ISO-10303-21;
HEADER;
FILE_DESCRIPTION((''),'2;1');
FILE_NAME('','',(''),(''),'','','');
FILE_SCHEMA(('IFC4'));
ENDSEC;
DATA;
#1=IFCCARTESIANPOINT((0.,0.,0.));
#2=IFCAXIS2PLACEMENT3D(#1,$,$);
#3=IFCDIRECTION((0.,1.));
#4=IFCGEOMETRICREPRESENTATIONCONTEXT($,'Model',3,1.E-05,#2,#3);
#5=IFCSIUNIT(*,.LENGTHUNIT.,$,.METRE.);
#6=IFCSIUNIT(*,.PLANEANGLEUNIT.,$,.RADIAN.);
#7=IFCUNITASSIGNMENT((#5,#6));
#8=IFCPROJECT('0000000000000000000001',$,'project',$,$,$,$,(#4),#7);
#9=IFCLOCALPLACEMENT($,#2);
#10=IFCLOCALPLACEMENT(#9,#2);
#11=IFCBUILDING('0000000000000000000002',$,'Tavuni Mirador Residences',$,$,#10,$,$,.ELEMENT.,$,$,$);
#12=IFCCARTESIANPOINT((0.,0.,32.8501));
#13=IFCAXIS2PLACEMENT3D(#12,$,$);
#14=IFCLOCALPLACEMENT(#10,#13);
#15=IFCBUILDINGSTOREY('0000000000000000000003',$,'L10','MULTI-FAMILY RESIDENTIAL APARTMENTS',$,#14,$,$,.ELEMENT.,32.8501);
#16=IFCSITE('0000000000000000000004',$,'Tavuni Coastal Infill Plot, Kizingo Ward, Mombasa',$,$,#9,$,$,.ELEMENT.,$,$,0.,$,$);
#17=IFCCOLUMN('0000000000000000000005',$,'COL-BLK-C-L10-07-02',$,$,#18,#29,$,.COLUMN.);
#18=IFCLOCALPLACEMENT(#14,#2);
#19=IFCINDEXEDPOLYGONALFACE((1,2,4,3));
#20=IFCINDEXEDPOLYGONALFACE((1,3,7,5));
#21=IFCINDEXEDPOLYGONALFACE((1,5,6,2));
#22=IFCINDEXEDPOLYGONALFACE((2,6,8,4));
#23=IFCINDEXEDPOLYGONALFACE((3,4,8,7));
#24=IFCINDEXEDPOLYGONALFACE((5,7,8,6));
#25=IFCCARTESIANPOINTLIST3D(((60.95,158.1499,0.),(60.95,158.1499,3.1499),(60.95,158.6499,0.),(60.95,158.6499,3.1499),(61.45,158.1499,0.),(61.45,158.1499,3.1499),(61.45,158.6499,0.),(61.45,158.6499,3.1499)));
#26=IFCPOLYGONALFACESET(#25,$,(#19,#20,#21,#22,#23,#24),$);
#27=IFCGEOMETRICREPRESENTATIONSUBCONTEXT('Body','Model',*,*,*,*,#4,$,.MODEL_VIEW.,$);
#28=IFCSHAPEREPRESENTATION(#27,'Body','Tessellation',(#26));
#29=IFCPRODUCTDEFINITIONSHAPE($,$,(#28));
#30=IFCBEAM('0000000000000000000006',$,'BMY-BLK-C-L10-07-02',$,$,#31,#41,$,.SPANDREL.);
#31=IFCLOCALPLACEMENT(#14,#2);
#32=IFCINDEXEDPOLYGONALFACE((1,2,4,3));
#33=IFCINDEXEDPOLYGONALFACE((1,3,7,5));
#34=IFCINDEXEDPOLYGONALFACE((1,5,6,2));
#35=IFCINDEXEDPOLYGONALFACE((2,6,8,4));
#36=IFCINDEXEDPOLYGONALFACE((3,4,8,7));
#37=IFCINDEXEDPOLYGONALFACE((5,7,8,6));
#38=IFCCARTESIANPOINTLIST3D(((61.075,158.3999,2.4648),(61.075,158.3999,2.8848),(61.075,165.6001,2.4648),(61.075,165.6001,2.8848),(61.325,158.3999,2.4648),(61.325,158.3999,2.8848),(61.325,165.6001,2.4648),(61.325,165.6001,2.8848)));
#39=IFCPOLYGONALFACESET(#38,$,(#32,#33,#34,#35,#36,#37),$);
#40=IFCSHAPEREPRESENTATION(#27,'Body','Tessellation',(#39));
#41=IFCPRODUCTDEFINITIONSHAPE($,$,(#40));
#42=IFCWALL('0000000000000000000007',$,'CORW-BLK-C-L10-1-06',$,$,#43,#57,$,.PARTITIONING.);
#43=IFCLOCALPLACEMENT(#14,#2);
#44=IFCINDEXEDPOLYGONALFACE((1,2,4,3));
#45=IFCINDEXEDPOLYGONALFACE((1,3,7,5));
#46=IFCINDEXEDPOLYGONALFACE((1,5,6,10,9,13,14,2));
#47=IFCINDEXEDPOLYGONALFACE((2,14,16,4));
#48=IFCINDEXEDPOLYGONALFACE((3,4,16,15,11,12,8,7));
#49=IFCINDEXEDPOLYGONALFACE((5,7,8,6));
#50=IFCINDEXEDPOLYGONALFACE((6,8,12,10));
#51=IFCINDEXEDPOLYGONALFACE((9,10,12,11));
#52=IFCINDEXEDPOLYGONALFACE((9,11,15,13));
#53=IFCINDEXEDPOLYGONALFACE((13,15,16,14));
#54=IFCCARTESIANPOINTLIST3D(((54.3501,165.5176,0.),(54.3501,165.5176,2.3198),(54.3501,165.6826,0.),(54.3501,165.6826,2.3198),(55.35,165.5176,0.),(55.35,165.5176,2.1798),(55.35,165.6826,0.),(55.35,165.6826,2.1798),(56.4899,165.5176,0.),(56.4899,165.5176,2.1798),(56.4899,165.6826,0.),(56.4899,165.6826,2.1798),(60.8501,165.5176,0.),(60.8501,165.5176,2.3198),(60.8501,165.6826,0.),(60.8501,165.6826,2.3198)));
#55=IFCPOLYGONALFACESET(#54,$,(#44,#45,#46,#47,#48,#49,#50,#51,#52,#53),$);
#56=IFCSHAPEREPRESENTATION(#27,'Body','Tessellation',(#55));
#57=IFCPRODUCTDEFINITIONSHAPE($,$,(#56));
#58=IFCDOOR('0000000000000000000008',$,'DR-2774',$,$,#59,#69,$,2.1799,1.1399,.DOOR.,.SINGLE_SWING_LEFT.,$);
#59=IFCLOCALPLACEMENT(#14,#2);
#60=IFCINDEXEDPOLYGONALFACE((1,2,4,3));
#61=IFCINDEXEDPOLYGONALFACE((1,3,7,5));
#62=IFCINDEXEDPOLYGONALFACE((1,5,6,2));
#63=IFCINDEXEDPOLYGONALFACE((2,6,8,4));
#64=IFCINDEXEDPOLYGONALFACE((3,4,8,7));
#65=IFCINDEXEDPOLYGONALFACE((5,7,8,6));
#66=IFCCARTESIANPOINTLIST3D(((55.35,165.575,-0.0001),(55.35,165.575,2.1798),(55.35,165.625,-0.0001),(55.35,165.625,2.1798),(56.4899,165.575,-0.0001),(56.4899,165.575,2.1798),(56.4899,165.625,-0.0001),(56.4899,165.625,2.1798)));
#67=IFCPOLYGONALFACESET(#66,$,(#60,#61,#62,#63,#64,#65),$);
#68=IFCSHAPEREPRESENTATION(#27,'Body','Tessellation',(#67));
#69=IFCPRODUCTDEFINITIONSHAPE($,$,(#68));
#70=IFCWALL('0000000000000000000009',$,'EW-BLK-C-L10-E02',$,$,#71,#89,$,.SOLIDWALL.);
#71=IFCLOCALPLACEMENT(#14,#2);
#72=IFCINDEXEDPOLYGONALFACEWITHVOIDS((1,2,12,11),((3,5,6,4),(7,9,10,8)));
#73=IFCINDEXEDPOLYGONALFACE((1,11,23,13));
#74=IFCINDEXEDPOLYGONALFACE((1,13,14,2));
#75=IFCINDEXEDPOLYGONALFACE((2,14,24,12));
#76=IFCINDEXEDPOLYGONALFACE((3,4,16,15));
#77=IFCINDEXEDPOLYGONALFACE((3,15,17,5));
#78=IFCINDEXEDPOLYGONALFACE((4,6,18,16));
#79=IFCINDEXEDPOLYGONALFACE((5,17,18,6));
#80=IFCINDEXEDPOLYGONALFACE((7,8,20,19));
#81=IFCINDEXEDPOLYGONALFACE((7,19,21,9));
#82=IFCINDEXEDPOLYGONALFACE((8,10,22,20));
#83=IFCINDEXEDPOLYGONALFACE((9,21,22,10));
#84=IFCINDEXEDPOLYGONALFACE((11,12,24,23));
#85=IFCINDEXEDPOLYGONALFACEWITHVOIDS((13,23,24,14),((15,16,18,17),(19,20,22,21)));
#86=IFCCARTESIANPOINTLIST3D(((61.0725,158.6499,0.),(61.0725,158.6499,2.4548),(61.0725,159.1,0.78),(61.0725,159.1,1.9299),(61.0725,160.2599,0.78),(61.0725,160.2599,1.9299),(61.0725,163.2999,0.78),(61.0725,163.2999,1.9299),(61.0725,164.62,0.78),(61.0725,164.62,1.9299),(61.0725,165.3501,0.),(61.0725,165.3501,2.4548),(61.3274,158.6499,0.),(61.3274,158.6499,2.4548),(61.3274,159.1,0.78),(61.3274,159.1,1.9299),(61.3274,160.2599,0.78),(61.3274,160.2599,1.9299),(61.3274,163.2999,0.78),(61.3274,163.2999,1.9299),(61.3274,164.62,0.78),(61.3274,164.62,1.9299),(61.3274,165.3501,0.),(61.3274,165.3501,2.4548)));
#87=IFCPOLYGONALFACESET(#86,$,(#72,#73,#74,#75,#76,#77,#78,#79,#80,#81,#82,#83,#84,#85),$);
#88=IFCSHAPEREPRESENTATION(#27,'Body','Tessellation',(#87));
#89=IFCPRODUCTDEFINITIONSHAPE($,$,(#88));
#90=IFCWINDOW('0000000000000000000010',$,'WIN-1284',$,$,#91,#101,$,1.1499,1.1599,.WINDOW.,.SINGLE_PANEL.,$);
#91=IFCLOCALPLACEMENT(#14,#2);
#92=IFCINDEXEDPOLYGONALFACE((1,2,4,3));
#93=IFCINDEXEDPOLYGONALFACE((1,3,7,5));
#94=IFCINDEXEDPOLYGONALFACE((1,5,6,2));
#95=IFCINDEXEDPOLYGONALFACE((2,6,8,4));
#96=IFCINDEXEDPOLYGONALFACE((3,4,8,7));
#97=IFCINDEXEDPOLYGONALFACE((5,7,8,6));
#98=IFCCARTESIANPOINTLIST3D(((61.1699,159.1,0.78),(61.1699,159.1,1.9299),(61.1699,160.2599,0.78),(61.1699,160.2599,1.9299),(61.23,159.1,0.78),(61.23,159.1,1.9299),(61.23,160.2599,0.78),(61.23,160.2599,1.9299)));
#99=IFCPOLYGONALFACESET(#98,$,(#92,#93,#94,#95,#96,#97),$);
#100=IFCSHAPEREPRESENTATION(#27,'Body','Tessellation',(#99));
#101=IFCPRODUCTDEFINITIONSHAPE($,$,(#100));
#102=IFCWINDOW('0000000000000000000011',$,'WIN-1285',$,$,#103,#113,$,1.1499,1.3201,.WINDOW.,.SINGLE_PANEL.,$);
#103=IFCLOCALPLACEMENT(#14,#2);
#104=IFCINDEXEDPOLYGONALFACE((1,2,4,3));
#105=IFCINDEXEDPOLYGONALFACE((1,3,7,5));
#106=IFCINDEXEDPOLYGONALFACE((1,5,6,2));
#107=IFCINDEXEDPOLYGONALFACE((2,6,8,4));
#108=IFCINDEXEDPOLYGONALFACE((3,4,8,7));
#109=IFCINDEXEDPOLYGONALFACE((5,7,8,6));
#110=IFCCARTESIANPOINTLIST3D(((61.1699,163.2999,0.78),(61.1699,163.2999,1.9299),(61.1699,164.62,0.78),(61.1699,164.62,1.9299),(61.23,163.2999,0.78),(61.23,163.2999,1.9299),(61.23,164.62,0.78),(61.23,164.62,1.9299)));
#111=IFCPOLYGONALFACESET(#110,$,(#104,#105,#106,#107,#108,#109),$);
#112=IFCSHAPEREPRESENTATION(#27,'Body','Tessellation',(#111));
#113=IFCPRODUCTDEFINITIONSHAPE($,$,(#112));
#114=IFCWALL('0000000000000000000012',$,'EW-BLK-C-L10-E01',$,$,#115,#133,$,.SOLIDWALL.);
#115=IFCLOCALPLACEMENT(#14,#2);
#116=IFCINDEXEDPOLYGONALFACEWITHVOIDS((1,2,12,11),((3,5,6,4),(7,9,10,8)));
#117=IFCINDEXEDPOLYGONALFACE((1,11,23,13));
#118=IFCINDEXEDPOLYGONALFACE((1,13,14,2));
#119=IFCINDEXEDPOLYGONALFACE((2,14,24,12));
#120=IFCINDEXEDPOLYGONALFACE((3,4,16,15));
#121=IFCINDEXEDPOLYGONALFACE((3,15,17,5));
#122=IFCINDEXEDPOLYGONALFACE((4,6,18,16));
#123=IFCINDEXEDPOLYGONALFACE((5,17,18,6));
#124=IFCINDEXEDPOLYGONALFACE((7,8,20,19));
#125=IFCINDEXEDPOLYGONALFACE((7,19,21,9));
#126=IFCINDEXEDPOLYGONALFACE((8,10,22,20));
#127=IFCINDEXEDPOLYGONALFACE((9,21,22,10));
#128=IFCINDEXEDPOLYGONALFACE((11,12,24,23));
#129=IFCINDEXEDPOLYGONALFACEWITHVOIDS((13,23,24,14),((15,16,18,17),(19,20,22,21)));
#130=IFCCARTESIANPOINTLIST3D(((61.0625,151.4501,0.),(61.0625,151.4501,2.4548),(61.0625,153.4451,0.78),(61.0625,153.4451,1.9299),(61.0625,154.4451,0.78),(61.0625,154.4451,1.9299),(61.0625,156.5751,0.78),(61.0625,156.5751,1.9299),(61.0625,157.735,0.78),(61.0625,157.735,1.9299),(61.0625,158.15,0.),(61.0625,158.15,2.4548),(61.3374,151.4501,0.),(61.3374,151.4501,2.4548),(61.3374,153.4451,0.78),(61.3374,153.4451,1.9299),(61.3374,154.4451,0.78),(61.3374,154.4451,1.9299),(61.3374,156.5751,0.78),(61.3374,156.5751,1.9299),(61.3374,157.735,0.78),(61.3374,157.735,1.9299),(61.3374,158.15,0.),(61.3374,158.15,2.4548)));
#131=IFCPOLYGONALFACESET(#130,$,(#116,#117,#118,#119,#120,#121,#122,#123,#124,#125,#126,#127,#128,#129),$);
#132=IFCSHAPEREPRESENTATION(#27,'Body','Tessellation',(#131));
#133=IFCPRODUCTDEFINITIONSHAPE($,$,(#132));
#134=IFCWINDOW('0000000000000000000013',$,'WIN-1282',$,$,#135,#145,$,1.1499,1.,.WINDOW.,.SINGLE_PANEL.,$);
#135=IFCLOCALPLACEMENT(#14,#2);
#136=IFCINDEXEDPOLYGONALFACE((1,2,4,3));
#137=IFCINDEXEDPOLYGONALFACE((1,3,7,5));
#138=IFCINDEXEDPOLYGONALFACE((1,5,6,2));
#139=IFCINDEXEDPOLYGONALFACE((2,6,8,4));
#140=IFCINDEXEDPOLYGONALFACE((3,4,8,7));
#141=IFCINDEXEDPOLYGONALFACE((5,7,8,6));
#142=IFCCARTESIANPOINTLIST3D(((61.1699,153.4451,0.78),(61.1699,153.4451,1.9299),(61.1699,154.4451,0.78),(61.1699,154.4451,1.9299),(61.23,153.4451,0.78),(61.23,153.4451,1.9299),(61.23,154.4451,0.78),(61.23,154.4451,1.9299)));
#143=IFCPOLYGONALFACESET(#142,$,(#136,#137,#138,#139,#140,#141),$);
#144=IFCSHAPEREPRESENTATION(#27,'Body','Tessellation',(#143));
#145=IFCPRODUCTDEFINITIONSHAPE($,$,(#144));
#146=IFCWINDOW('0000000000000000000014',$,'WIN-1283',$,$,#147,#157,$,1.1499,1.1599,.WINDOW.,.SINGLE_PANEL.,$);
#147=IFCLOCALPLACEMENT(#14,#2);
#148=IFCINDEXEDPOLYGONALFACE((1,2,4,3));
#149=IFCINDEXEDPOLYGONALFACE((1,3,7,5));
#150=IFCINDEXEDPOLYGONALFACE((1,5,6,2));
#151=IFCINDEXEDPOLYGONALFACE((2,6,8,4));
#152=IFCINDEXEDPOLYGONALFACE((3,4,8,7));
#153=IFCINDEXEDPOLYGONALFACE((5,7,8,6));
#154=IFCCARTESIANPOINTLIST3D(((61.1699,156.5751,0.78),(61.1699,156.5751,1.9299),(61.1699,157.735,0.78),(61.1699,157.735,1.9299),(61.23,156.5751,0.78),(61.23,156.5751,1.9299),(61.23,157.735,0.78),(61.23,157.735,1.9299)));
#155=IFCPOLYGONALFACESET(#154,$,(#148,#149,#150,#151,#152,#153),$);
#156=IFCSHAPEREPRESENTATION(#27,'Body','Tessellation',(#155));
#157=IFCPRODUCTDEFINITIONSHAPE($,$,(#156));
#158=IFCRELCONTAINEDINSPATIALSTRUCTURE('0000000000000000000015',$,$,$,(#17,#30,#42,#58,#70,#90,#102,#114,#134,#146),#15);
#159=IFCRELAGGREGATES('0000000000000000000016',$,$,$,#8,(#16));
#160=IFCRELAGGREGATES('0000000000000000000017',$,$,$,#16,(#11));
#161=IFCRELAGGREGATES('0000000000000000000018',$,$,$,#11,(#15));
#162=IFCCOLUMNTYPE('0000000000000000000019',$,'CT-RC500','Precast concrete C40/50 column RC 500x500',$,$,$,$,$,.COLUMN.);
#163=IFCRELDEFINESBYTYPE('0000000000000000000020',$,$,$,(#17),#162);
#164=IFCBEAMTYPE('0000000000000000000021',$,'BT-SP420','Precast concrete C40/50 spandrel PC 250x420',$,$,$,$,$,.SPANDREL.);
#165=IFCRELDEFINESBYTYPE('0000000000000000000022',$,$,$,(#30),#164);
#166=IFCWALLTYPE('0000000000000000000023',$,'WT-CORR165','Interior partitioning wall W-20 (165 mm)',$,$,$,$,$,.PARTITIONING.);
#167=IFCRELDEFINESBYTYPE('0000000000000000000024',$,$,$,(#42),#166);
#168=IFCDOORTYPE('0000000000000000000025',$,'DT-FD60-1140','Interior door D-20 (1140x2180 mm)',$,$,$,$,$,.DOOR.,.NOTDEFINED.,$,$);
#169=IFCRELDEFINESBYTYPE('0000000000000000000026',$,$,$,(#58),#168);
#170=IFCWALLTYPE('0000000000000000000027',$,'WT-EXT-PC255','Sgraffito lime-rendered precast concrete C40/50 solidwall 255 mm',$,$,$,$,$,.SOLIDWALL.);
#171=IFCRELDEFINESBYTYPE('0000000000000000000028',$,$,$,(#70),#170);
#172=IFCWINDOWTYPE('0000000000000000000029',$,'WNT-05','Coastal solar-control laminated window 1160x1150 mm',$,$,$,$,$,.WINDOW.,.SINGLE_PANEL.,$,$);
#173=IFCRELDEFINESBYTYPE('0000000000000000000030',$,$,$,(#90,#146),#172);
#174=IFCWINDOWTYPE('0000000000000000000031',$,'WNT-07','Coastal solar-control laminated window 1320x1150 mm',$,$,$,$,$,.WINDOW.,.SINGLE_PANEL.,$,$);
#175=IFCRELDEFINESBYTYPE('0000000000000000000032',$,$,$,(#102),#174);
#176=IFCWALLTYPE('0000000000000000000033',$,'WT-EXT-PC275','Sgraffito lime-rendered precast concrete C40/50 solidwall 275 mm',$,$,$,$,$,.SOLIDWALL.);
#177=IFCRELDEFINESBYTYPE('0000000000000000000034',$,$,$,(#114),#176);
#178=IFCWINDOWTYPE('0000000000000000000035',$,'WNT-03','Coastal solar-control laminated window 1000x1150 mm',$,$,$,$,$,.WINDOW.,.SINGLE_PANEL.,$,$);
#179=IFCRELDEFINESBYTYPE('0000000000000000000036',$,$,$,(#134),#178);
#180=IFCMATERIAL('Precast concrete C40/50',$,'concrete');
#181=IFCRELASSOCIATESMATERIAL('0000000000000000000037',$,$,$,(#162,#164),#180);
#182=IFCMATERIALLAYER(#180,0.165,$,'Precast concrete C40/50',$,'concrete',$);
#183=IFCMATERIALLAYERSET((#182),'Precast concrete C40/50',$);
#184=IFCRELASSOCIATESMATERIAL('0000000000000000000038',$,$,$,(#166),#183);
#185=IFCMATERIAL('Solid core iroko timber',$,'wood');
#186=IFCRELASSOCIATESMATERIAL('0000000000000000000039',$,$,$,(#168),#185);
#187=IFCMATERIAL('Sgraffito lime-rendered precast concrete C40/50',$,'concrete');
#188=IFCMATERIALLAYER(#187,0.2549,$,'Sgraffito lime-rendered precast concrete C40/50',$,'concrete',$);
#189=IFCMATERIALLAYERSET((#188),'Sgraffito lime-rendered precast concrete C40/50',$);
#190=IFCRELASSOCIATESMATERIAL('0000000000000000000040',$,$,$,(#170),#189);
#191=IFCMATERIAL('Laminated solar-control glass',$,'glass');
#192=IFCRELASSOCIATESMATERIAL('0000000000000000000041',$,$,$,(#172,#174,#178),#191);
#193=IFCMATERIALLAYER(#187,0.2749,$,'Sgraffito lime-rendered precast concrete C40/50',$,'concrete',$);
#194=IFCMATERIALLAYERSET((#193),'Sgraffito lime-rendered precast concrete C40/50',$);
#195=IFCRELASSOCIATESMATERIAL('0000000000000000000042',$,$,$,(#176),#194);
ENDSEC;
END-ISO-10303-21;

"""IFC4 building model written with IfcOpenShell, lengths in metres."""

from ifc_helpers import new_model, si_unit, direction, frame, frame_2d, origin, origin_2d, place, context, subcontext, project, spatial, rectangle, extrude, material, layer, layer_set, material_profile, profile_set, type_object, element, fill, save


model = new_model("IFC4")

# Units and contexts
model_context = context("Model", 3, precision=1e-05, world=origin(), true_north=direction((0.0, 1.0)))
body_context = subcontext(model_context, "Body", "Model", "MODEL_VIEW")
ifc_project = project(units=[si_unit("LENGTHUNIT", "METRE"), si_unit("PLANEANGLEUNIT", "RADIAN")], contexts=[model_context])

# Site, building, storey
site_placement = place(None, origin())
site = spatial("IfcSite", under=ifc_project, at=site_placement, Name="Tavuni Coastal Infill Plot, Kizingo Ward, Mombasa", CompositionType="ELEMENT", RefElevation=0.0)
building_placement = place(site_placement, origin())
building = spatial("IfcBuilding", under=site, at=building_placement, Name="Tavuni Mirador Residences", CompositionType="ELEMENT")
storey_placement = place(building_placement, frame((0.0, 0.0, 32.8501)))
storey = spatial("IfcBuildingStorey", under=building, at=storey_placement, Name="L10", Description="MULTI-FAMILY RESIDENTIAL APARTMENTS", CompositionType="ELEMENT", Elevation=32.8501)

# Column
ifc_material_1 = material(Name="Precast concrete C40/50", Category="concrete")
ifc_material_profile_1 = material_profile(ifc_material_1, rectangle(XDim=0.5, YDim=0.5, at=origin_2d()), Name="RC 500x500", Category="concrete")
ifc_profile_set_1 = profile_set([ifc_material_profile_1], Name="Precast concrete C40/50")
column_type = type_object("IfcColumnType", Name="CT-RC500", Description="Precast concrete C40/50 column RC 500x500", PredefinedType="COLUMN", material=ifc_profile_set_1)
column_placement = place(storey_placement, frame((61.2, 158.3999, 0.0), z_axis=(0.0, 0.0, 1.0), x_axis=(1.0, 0.0, 0.0)))
element("IfcColumn", 1, at=column_placement, inside=storey, type_object=column_type, Name="COL-BLK-C-L10-07-02", PredefinedType="COLUMN", context=body_context, shape_type="SweptSolid", body=[
    extrude(rectangle(XDim=0.5, YDim=0.5, at=origin_2d()), origin(), (0.0, 0.0, 1.0), 3.1499),
])

# Beam
ifc_material_profile_2 = material_profile(ifc_material_1, rectangle(XDim=0.25, YDim=0.4199, at=origin_2d()), Name="PC 250x420", Category="concrete")
ifc_profile_set_2 = profile_set([ifc_material_profile_2], Name="Precast concrete C40/50")
beam_type = type_object("IfcBeamType", Name="BT-SP420", Description="Precast concrete C40/50 spandrel PC 250x420", PredefinedType="SPANDREL", material=ifc_profile_set_2)
beam_placement = place(storey_placement, frame((61.2, 158.3999, 2.6748), z_axis=(0.0, 1.0, 0.0), x_axis=(-1.0, 0.0, 0.0)))
element("IfcBeam", 2, at=beam_placement, inside=storey, type_object=beam_type, Name="BMY-BLK-C-L10-07-02", PredefinedType="SPANDREL", context=body_context, shape_type="SweptSolid", body=[
    extrude(rectangle(XDim=0.25, YDim=0.4199, at=origin_2d()), origin(), (0.0, 0.0, 1.0), 7.2002),
])

# Wall, opening, door
ifc_layer_1 = layer(ifc_material_1, 0.165, Name="Precast concrete C40/50", Category="concrete")
ifc_layer_set_1 = layer_set([ifc_layer_1], Name="Precast concrete C40/50")
wall_type_1 = type_object("IfcWallType", Name="WT-CORR165", Description="Interior partitioning wall W-20 (165 mm)", PredefinedType="PARTITIONING", material=ifc_layer_set_1)
wall_1_placement = place(storey_placement, frame((54.3501, 165.6001, 0.0), z_axis=(0.0, 0.0, 1.0), x_axis=(1.0, 0.0, 0.0)))
wall_1 = element("IfcWall", 3, at=wall_1_placement, inside=storey, type_object=wall_type_1, Name="CORW-BLK-C-L10-1-06", PredefinedType="PARTITIONING", context=body_context, shape_type="SweptSolid", body=[
    extrude(rectangle(XDim=6.5, YDim=0.165, at=frame_2d((3.25, 0.0))), origin(), (0.0, 0.0, 1.0), 2.3198),
])
opening_1_placement = place(wall_1_placement, frame((1.0, 0.0, 0.0)))
opening_1 = element("IfcOpeningElement", 4, at=opening_1_placement, cuts=wall_1, PredefinedType="OPENING", context=body_context, shape_type="SweptSolid", body=[
    extrude(rectangle(XDim=1.1399, YDim=2.1799, at=frame_2d((0.5698, 1.0898))), frame((0.0, 0.0925, 0.0), z_axis=(0.0, -1.0, 0.0), x_axis=(1.0, 0.0, 0.0)), (0.0, 0.0, 1.0), 0.1851),
])
ifc_material_2 = material(Name="Solid core iroko timber", Category="wood")
door_type_1 = type_object("IfcDoorType", Name="DT-FD60-1140", Description="Interior door D-20 (1140x2180 mm)", OperationType="NOTDEFINED", PredefinedType="DOOR", material=ifc_material_2)
door_1_placement = place(opening_1_placement, origin())
door_1 = element("IfcDoor", 5, at=door_1_placement, inside=storey, type_object=door_type_1, Name="DR-2774", OperationType="SINGLE_SWING_LEFT", OverallHeight=2.1799, OverallWidth=1.1399, PredefinedType="DOOR", context=body_context, shape_type="SweptSolid", body=[
    extrude(rectangle(XDim=1.1399, YDim=2.1799, at=frame_2d((0.5698, 1.0898))), frame((0.0, 0.0249, 0.0), z_axis=(0.0, -1.0, 0.0), x_axis=(1.0, 0.0, 0.0)), (0.0, 0.0, 1.0), 0.05),
])
fill(opening_1, door_1)

# Walls, openings, windows
ifc_material_3 = material(Name="Sgraffito lime-rendered precast concrete C40/50", Category="concrete")
ifc_layer_2 = layer(ifc_material_3, 0.2549, Name="Sgraffito lime-rendered precast concrete C40/50", Category="concrete")
ifc_layer_set_2 = layer_set([ifc_layer_2], Name="Sgraffito lime-rendered precast concrete C40/50")
wall_type_2 = type_object("IfcWallType", Name="WT-EXT-PC255", Description="Sgraffito lime-rendered precast concrete C40/50 solidwall 255 mm", PredefinedType="SOLIDWALL", material=ifc_layer_set_2)
wall_2_placement = place(storey_placement, frame((61.2, 158.6499, 0.0), z_axis=(0.0, 0.0, 1.0), x_axis=(0.0, 1.0, 0.0)))
wall_2 = element("IfcWall", 6, at=wall_2_placement, inside=storey, type_object=wall_type_2, Name="EW-BLK-C-L10-E02", PredefinedType="SOLIDWALL", context=body_context, shape_type="SweptSolid", body=[
    extrude(rectangle(XDim=6.7002, YDim=0.2549, at=frame_2d((3.3501, 0.0))), origin(), (0.0, 0.0, 1.0), 2.4548),
])
opening_2_placement = place(wall_2_placement, frame((0.45, 0.0, 0.78)))
opening_2 = element("IfcOpeningElement", 7, at=opening_2_placement, cuts=wall_2, PredefinedType="OPENING", context=body_context, shape_type="SweptSolid", body=[
    extrude(rectangle(XDim=1.1599, YDim=1.1499, at=frame_2d((0.5801, 0.575))), frame((0.0, 0.1375, 0.0), z_axis=(0.0, -1.0, 0.0), x_axis=(1.0, 0.0, 0.0)), (0.0, 0.0, 1.0), 0.2749),
])
opening_3_placement = place(wall_2_placement, frame((4.6499, 0.0, 0.78)))
opening_3 = element("IfcOpeningElement", 8, at=opening_3_placement, cuts=wall_2, PredefinedType="OPENING", context=body_context, shape_type="SweptSolid", body=[
    extrude(rectangle(XDim=1.3201, YDim=1.1499, at=frame_2d((0.6602, 0.575))), frame((0.0, 0.1375, 0.0), z_axis=(0.0, -1.0, 0.0), x_axis=(1.0, 0.0, 0.0)), (0.0, 0.0, 1.0), 0.2749),
])
ifc_material_4 = material(Name="Laminated solar-control glass", Category="glass")
window_type_1 = type_object("IfcWindowType", Name="WNT-05", Description="Coastal solar-control laminated window 1160x1150 mm", PartitioningType="SINGLE_PANEL", PredefinedType="WINDOW", material=ifc_material_4)
window_1_placement = place(opening_2_placement, origin())
window_1 = element("IfcWindow", 9, at=window_1_placement, inside=storey, type_object=window_type_1, Name="WIN-1284", OverallHeight=1.1499, OverallWidth=1.1599, PartitioningType="SINGLE_PANEL", PredefinedType="WINDOW", context=body_context, shape_type="SweptSolid", body=[
    extrude(rectangle(XDim=1.1599, YDim=1.1499, at=frame_2d((0.5801, 0.575))), frame((0.0, 0.03, 0.0), z_axis=(0.0, -1.0, 0.0), x_axis=(1.0, 0.0, 0.0)), (0.0, 0.0, 1.0), 0.0601),
])
fill(opening_2, window_1)
window_type_2 = type_object("IfcWindowType", Name="WNT-07", Description="Coastal solar-control laminated window 1320x1150 mm", PartitioningType="SINGLE_PANEL", PredefinedType="WINDOW", material=ifc_material_4)
window_2_placement = place(opening_3_placement, origin())
window_2 = element("IfcWindow", 10, at=window_2_placement, inside=storey, type_object=window_type_2, Name="WIN-1285", OverallHeight=1.1499, OverallWidth=1.3201, PartitioningType="SINGLE_PANEL", PredefinedType="WINDOW", context=body_context, shape_type="SweptSolid", body=[
    extrude(rectangle(XDim=1.3201, YDim=1.1499, at=frame_2d((0.6602, 0.575))), frame((0.0, 0.03, 0.0), z_axis=(0.0, -1.0, 0.0), x_axis=(1.0, 0.0, 0.0)), (0.0, 0.0, 1.0), 0.0601),
])
fill(opening_3, window_2)
ifc_layer_3 = layer(ifc_material_3, 0.2749, Name="Sgraffito lime-rendered precast concrete C40/50", Category="concrete")
ifc_layer_set_3 = layer_set([ifc_layer_3], Name="Sgraffito lime-rendered precast concrete C40/50")
wall_type_3 = type_object("IfcWallType", Name="WT-EXT-PC275", Description="Sgraffito lime-rendered precast concrete C40/50 solidwall 275 mm", PredefinedType="SOLIDWALL", material=ifc_layer_set_3)
wall_3_placement = place(storey_placement, frame((61.2, 151.45, 0.0), z_axis=(0.0, 0.0, 1.0), x_axis=(0.0, 1.0, 0.0)))
wall_3 = element("IfcWall", 11, at=wall_3_placement, inside=storey, type_object=wall_type_3, Name="EW-BLK-C-L10-E01", PredefinedType="SOLIDWALL", context=body_context, shape_type="SweptSolid", body=[
    extrude(rectangle(XDim=6.7, YDim=0.2749, at=frame_2d((3.3501, 0.0))), origin(), (0.0, 0.0, 1.0), 2.4548),
])
opening_4_placement = place(wall_3_placement, frame((1.9951, 0.0, 0.78)))
opening_4 = element("IfcOpeningElement", 12, at=opening_4_placement, cuts=wall_3, PredefinedType="OPENING", context=body_context, shape_type="SweptSolid", body=[
    extrude(rectangle(XDim=1.0, YDim=1.1499, at=frame_2d((0.5, 0.575))), frame((0.0, 0.1475, 0.0), z_axis=(0.0, -1.0, 0.0), x_axis=(1.0, 0.0, 0.0)), (0.0, 0.0, 1.0), 0.2949),
])
opening_5_placement = place(wall_3_placement, frame((5.125, 0.0, 0.78)))
opening_5 = element("IfcOpeningElement", 13, at=opening_5_placement, cuts=wall_3, PredefinedType="OPENING", context=body_context, shape_type="SweptSolid", body=[
    extrude(rectangle(XDim=1.1599, YDim=1.1499, at=frame_2d((0.5801, 0.575))), frame((0.0, 0.1475, 0.0), z_axis=(0.0, -1.0, 0.0), x_axis=(1.0, 0.0, 0.0)), (0.0, 0.0, 1.0), 0.2949),
])
window_type_3 = type_object("IfcWindowType", Name="WNT-03", Description="Coastal solar-control laminated window 1000x1150 mm", PartitioningType="SINGLE_PANEL", PredefinedType="WINDOW", material=ifc_material_4)
window_3_placement = place(opening_4_placement, origin())
window_3 = element("IfcWindow", 14, at=window_3_placement, inside=storey, type_object=window_type_3, Name="WIN-1282", OverallHeight=1.1499, OverallWidth=1.0, PartitioningType="SINGLE_PANEL", PredefinedType="WINDOW", context=body_context, shape_type="SweptSolid", body=[
    extrude(rectangle(XDim=1.0, YDim=1.1499, at=frame_2d((0.5, 0.575))), frame((0.0, 0.03, 0.0), z_axis=(0.0, -1.0, 0.0), x_axis=(1.0, 0.0, 0.0)), (0.0, 0.0, 1.0), 0.0601),
])
fill(opening_4, window_3)
window_4_placement = place(opening_5_placement, origin())
window_4 = element("IfcWindow", 15, at=window_4_placement, inside=storey, type_object=window_type_1, Name="WIN-1283", OverallHeight=1.1499, OverallWidth=1.1599, PartitioningType="SINGLE_PANEL", PredefinedType="WINDOW", context=body_context, shape_type="SweptSolid", body=[
    extrude(rectangle(XDim=1.1599, YDim=1.1499, at=frame_2d((0.5801, 0.575))), frame((0.0, 0.03, 0.0), z_axis=(0.0, -1.0, 0.0), x_axis=(1.0, 0.0, 0.0)), (0.0, 0.0, 1.0), 0.0601),
])
fill(opening_5, window_4)

save(model, "model.ifc")
